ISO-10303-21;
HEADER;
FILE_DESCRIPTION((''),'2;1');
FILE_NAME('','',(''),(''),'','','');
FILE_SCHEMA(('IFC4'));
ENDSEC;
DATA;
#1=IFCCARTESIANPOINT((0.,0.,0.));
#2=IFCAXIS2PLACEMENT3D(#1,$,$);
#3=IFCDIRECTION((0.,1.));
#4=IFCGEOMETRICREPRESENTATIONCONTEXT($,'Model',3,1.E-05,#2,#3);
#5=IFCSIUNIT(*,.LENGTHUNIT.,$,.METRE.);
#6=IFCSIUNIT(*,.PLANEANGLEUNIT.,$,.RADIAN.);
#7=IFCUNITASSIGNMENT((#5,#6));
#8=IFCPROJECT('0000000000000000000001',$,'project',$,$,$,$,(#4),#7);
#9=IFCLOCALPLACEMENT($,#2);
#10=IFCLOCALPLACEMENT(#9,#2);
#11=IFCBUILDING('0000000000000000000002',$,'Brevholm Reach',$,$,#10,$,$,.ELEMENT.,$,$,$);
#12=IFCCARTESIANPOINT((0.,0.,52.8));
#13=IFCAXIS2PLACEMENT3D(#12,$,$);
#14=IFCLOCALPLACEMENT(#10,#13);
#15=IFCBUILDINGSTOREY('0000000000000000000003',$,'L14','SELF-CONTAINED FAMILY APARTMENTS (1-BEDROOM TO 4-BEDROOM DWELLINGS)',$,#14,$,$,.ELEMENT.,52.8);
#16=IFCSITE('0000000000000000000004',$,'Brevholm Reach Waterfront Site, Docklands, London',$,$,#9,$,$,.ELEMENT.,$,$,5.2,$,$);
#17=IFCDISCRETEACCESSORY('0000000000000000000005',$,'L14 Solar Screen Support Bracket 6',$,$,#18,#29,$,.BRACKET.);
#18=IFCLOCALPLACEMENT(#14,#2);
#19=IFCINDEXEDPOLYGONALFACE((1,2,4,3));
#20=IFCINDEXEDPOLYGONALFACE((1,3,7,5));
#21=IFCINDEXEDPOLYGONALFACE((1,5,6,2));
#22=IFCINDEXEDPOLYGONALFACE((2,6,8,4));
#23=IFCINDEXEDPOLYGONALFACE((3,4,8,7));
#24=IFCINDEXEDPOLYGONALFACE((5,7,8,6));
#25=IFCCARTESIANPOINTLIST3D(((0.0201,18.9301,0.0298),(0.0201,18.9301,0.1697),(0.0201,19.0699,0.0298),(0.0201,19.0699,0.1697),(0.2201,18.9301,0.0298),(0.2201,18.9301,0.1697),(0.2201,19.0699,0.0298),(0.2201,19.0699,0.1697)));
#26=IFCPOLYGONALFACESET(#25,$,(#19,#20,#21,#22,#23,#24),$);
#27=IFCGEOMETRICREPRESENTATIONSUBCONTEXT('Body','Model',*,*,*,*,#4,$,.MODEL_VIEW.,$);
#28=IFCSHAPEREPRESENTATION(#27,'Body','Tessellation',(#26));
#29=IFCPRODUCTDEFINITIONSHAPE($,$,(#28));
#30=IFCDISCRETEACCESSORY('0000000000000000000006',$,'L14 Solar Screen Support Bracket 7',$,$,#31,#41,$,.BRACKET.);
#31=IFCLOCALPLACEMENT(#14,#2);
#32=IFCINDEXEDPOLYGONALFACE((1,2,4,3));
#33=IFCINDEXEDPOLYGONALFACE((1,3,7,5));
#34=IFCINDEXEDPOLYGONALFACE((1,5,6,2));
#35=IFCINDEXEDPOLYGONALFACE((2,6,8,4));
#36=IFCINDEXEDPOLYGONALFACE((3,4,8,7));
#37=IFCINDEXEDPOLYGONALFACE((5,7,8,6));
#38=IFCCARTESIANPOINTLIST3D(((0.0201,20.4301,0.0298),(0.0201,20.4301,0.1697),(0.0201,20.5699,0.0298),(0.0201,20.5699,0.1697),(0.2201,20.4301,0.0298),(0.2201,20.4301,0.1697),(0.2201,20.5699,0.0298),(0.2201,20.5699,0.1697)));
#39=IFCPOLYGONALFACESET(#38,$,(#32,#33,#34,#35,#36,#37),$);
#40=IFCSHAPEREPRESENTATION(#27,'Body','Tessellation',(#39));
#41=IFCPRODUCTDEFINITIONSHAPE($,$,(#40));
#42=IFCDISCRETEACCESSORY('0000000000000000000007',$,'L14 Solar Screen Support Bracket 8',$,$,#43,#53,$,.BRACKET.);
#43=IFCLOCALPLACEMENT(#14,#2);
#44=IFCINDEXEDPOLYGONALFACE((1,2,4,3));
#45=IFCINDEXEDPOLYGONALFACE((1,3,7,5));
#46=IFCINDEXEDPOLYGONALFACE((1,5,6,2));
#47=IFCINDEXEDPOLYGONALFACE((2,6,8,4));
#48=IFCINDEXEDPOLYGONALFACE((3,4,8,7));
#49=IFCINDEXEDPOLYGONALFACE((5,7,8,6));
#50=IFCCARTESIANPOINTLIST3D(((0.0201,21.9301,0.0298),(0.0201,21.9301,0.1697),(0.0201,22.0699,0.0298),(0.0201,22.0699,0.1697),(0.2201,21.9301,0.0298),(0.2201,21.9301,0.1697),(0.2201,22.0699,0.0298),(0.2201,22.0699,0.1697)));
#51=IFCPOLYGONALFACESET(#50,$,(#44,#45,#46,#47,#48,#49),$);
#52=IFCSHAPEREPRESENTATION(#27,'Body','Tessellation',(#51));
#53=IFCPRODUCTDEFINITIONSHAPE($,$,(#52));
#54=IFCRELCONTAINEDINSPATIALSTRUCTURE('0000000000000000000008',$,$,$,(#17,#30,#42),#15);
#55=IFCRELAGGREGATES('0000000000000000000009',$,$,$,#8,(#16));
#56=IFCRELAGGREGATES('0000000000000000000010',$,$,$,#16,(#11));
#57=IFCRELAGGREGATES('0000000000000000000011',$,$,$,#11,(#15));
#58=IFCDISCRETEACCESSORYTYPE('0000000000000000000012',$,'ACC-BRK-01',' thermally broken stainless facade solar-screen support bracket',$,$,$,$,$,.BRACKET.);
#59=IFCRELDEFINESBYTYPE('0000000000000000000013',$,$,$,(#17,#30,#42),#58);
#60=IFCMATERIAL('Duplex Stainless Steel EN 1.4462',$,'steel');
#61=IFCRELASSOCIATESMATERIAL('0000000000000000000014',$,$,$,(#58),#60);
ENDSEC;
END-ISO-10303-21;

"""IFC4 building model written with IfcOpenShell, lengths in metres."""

from ifc_helpers import new_model, si_unit, direction, frame, origin, origin_2d, place, context, subcontext, project, spatial, rectangle, extrude, material, type_object, element, save


model = new_model("IFC4")

# Units and contexts
model_context = context("Model", 3, precision=1e-05, world=origin(), true_north=direction((0.0, 1.0)))
body_context = subcontext(model_context, "Body", "Model", "MODEL_VIEW")
ifc_project = project(units=[si_unit("LENGTHUNIT", "METRE"), si_unit("PLANEANGLEUNIT", "RADIAN")], contexts=[model_context])

# Site, building, storey
site_placement = place(None, origin())
site = spatial("IfcSite", under=ifc_project, at=site_placement, Name="Brevholm Reach Waterfront Site, Docklands, London", CompositionType="ELEMENT", RefElevation=5.2)
building_placement = place(site_placement, origin())
building = spatial("IfcBuilding", under=site, at=building_placement, Name="Brevholm Reach", CompositionType="ELEMENT")
storey_placement = place(building_placement, frame((0.0, 0.0, 52.8)))
storey = spatial("IfcBuildingStorey", under=building, at=storey_placement, Name="L14", Description="SELF-CONTAINED FAMILY APARTMENTS (1-BEDROOM TO 4-BEDROOM DWELLINGS)", CompositionType="ELEMENT", Elevation=52.8)

# Discrete accessories
ifc_material_1 = material(Name="Duplex Stainless Steel EN 1.4462", Category="steel")
discrete_accessory_type = type_object("IfcDiscreteAccessoryType", Name="ACC-BRK-01", Description=" thermally broken stainless facade solar-screen support bracket", PredefinedType="BRACKET", material=ifc_material_1)
for number, where, z_axis, x_axis, name in (
    (1, (0.1201, 19.0, 0.0298), (0.0, 0.0, 1.0), (-1.0, 0.0, 0.0), "L14 Solar Screen Support Bracket 6"),
    (2, (0.1201, 20.5, 0.0298), (0.0, 0.0, 1.0), (-1.0, 0.0, 0.0), "L14 Solar Screen Support Bracket 7"),
    (3, (0.1201, 22.0, 0.0298), (0.0, 0.0, 1.0), (-1.0, 0.0, 0.0), "L14 Solar Screen Support Bracket 8"),
):
    element("IfcDiscreteAccessory", number, at=place(storey_placement, frame(where, z_axis=z_axis, x_axis=x_axis)), inside=storey, type_object=discrete_accessory_type, Name=name, PredefinedType="BRACKET", context=body_context, shape_type="SweptSolid", body=[
        extrude(rectangle(XDim=0.2, YDim=0.1399, at=origin_2d()), origin(), (0.0, 0.0, 1.0), 0.1399),
    ])

save(model, "model.ifc")
